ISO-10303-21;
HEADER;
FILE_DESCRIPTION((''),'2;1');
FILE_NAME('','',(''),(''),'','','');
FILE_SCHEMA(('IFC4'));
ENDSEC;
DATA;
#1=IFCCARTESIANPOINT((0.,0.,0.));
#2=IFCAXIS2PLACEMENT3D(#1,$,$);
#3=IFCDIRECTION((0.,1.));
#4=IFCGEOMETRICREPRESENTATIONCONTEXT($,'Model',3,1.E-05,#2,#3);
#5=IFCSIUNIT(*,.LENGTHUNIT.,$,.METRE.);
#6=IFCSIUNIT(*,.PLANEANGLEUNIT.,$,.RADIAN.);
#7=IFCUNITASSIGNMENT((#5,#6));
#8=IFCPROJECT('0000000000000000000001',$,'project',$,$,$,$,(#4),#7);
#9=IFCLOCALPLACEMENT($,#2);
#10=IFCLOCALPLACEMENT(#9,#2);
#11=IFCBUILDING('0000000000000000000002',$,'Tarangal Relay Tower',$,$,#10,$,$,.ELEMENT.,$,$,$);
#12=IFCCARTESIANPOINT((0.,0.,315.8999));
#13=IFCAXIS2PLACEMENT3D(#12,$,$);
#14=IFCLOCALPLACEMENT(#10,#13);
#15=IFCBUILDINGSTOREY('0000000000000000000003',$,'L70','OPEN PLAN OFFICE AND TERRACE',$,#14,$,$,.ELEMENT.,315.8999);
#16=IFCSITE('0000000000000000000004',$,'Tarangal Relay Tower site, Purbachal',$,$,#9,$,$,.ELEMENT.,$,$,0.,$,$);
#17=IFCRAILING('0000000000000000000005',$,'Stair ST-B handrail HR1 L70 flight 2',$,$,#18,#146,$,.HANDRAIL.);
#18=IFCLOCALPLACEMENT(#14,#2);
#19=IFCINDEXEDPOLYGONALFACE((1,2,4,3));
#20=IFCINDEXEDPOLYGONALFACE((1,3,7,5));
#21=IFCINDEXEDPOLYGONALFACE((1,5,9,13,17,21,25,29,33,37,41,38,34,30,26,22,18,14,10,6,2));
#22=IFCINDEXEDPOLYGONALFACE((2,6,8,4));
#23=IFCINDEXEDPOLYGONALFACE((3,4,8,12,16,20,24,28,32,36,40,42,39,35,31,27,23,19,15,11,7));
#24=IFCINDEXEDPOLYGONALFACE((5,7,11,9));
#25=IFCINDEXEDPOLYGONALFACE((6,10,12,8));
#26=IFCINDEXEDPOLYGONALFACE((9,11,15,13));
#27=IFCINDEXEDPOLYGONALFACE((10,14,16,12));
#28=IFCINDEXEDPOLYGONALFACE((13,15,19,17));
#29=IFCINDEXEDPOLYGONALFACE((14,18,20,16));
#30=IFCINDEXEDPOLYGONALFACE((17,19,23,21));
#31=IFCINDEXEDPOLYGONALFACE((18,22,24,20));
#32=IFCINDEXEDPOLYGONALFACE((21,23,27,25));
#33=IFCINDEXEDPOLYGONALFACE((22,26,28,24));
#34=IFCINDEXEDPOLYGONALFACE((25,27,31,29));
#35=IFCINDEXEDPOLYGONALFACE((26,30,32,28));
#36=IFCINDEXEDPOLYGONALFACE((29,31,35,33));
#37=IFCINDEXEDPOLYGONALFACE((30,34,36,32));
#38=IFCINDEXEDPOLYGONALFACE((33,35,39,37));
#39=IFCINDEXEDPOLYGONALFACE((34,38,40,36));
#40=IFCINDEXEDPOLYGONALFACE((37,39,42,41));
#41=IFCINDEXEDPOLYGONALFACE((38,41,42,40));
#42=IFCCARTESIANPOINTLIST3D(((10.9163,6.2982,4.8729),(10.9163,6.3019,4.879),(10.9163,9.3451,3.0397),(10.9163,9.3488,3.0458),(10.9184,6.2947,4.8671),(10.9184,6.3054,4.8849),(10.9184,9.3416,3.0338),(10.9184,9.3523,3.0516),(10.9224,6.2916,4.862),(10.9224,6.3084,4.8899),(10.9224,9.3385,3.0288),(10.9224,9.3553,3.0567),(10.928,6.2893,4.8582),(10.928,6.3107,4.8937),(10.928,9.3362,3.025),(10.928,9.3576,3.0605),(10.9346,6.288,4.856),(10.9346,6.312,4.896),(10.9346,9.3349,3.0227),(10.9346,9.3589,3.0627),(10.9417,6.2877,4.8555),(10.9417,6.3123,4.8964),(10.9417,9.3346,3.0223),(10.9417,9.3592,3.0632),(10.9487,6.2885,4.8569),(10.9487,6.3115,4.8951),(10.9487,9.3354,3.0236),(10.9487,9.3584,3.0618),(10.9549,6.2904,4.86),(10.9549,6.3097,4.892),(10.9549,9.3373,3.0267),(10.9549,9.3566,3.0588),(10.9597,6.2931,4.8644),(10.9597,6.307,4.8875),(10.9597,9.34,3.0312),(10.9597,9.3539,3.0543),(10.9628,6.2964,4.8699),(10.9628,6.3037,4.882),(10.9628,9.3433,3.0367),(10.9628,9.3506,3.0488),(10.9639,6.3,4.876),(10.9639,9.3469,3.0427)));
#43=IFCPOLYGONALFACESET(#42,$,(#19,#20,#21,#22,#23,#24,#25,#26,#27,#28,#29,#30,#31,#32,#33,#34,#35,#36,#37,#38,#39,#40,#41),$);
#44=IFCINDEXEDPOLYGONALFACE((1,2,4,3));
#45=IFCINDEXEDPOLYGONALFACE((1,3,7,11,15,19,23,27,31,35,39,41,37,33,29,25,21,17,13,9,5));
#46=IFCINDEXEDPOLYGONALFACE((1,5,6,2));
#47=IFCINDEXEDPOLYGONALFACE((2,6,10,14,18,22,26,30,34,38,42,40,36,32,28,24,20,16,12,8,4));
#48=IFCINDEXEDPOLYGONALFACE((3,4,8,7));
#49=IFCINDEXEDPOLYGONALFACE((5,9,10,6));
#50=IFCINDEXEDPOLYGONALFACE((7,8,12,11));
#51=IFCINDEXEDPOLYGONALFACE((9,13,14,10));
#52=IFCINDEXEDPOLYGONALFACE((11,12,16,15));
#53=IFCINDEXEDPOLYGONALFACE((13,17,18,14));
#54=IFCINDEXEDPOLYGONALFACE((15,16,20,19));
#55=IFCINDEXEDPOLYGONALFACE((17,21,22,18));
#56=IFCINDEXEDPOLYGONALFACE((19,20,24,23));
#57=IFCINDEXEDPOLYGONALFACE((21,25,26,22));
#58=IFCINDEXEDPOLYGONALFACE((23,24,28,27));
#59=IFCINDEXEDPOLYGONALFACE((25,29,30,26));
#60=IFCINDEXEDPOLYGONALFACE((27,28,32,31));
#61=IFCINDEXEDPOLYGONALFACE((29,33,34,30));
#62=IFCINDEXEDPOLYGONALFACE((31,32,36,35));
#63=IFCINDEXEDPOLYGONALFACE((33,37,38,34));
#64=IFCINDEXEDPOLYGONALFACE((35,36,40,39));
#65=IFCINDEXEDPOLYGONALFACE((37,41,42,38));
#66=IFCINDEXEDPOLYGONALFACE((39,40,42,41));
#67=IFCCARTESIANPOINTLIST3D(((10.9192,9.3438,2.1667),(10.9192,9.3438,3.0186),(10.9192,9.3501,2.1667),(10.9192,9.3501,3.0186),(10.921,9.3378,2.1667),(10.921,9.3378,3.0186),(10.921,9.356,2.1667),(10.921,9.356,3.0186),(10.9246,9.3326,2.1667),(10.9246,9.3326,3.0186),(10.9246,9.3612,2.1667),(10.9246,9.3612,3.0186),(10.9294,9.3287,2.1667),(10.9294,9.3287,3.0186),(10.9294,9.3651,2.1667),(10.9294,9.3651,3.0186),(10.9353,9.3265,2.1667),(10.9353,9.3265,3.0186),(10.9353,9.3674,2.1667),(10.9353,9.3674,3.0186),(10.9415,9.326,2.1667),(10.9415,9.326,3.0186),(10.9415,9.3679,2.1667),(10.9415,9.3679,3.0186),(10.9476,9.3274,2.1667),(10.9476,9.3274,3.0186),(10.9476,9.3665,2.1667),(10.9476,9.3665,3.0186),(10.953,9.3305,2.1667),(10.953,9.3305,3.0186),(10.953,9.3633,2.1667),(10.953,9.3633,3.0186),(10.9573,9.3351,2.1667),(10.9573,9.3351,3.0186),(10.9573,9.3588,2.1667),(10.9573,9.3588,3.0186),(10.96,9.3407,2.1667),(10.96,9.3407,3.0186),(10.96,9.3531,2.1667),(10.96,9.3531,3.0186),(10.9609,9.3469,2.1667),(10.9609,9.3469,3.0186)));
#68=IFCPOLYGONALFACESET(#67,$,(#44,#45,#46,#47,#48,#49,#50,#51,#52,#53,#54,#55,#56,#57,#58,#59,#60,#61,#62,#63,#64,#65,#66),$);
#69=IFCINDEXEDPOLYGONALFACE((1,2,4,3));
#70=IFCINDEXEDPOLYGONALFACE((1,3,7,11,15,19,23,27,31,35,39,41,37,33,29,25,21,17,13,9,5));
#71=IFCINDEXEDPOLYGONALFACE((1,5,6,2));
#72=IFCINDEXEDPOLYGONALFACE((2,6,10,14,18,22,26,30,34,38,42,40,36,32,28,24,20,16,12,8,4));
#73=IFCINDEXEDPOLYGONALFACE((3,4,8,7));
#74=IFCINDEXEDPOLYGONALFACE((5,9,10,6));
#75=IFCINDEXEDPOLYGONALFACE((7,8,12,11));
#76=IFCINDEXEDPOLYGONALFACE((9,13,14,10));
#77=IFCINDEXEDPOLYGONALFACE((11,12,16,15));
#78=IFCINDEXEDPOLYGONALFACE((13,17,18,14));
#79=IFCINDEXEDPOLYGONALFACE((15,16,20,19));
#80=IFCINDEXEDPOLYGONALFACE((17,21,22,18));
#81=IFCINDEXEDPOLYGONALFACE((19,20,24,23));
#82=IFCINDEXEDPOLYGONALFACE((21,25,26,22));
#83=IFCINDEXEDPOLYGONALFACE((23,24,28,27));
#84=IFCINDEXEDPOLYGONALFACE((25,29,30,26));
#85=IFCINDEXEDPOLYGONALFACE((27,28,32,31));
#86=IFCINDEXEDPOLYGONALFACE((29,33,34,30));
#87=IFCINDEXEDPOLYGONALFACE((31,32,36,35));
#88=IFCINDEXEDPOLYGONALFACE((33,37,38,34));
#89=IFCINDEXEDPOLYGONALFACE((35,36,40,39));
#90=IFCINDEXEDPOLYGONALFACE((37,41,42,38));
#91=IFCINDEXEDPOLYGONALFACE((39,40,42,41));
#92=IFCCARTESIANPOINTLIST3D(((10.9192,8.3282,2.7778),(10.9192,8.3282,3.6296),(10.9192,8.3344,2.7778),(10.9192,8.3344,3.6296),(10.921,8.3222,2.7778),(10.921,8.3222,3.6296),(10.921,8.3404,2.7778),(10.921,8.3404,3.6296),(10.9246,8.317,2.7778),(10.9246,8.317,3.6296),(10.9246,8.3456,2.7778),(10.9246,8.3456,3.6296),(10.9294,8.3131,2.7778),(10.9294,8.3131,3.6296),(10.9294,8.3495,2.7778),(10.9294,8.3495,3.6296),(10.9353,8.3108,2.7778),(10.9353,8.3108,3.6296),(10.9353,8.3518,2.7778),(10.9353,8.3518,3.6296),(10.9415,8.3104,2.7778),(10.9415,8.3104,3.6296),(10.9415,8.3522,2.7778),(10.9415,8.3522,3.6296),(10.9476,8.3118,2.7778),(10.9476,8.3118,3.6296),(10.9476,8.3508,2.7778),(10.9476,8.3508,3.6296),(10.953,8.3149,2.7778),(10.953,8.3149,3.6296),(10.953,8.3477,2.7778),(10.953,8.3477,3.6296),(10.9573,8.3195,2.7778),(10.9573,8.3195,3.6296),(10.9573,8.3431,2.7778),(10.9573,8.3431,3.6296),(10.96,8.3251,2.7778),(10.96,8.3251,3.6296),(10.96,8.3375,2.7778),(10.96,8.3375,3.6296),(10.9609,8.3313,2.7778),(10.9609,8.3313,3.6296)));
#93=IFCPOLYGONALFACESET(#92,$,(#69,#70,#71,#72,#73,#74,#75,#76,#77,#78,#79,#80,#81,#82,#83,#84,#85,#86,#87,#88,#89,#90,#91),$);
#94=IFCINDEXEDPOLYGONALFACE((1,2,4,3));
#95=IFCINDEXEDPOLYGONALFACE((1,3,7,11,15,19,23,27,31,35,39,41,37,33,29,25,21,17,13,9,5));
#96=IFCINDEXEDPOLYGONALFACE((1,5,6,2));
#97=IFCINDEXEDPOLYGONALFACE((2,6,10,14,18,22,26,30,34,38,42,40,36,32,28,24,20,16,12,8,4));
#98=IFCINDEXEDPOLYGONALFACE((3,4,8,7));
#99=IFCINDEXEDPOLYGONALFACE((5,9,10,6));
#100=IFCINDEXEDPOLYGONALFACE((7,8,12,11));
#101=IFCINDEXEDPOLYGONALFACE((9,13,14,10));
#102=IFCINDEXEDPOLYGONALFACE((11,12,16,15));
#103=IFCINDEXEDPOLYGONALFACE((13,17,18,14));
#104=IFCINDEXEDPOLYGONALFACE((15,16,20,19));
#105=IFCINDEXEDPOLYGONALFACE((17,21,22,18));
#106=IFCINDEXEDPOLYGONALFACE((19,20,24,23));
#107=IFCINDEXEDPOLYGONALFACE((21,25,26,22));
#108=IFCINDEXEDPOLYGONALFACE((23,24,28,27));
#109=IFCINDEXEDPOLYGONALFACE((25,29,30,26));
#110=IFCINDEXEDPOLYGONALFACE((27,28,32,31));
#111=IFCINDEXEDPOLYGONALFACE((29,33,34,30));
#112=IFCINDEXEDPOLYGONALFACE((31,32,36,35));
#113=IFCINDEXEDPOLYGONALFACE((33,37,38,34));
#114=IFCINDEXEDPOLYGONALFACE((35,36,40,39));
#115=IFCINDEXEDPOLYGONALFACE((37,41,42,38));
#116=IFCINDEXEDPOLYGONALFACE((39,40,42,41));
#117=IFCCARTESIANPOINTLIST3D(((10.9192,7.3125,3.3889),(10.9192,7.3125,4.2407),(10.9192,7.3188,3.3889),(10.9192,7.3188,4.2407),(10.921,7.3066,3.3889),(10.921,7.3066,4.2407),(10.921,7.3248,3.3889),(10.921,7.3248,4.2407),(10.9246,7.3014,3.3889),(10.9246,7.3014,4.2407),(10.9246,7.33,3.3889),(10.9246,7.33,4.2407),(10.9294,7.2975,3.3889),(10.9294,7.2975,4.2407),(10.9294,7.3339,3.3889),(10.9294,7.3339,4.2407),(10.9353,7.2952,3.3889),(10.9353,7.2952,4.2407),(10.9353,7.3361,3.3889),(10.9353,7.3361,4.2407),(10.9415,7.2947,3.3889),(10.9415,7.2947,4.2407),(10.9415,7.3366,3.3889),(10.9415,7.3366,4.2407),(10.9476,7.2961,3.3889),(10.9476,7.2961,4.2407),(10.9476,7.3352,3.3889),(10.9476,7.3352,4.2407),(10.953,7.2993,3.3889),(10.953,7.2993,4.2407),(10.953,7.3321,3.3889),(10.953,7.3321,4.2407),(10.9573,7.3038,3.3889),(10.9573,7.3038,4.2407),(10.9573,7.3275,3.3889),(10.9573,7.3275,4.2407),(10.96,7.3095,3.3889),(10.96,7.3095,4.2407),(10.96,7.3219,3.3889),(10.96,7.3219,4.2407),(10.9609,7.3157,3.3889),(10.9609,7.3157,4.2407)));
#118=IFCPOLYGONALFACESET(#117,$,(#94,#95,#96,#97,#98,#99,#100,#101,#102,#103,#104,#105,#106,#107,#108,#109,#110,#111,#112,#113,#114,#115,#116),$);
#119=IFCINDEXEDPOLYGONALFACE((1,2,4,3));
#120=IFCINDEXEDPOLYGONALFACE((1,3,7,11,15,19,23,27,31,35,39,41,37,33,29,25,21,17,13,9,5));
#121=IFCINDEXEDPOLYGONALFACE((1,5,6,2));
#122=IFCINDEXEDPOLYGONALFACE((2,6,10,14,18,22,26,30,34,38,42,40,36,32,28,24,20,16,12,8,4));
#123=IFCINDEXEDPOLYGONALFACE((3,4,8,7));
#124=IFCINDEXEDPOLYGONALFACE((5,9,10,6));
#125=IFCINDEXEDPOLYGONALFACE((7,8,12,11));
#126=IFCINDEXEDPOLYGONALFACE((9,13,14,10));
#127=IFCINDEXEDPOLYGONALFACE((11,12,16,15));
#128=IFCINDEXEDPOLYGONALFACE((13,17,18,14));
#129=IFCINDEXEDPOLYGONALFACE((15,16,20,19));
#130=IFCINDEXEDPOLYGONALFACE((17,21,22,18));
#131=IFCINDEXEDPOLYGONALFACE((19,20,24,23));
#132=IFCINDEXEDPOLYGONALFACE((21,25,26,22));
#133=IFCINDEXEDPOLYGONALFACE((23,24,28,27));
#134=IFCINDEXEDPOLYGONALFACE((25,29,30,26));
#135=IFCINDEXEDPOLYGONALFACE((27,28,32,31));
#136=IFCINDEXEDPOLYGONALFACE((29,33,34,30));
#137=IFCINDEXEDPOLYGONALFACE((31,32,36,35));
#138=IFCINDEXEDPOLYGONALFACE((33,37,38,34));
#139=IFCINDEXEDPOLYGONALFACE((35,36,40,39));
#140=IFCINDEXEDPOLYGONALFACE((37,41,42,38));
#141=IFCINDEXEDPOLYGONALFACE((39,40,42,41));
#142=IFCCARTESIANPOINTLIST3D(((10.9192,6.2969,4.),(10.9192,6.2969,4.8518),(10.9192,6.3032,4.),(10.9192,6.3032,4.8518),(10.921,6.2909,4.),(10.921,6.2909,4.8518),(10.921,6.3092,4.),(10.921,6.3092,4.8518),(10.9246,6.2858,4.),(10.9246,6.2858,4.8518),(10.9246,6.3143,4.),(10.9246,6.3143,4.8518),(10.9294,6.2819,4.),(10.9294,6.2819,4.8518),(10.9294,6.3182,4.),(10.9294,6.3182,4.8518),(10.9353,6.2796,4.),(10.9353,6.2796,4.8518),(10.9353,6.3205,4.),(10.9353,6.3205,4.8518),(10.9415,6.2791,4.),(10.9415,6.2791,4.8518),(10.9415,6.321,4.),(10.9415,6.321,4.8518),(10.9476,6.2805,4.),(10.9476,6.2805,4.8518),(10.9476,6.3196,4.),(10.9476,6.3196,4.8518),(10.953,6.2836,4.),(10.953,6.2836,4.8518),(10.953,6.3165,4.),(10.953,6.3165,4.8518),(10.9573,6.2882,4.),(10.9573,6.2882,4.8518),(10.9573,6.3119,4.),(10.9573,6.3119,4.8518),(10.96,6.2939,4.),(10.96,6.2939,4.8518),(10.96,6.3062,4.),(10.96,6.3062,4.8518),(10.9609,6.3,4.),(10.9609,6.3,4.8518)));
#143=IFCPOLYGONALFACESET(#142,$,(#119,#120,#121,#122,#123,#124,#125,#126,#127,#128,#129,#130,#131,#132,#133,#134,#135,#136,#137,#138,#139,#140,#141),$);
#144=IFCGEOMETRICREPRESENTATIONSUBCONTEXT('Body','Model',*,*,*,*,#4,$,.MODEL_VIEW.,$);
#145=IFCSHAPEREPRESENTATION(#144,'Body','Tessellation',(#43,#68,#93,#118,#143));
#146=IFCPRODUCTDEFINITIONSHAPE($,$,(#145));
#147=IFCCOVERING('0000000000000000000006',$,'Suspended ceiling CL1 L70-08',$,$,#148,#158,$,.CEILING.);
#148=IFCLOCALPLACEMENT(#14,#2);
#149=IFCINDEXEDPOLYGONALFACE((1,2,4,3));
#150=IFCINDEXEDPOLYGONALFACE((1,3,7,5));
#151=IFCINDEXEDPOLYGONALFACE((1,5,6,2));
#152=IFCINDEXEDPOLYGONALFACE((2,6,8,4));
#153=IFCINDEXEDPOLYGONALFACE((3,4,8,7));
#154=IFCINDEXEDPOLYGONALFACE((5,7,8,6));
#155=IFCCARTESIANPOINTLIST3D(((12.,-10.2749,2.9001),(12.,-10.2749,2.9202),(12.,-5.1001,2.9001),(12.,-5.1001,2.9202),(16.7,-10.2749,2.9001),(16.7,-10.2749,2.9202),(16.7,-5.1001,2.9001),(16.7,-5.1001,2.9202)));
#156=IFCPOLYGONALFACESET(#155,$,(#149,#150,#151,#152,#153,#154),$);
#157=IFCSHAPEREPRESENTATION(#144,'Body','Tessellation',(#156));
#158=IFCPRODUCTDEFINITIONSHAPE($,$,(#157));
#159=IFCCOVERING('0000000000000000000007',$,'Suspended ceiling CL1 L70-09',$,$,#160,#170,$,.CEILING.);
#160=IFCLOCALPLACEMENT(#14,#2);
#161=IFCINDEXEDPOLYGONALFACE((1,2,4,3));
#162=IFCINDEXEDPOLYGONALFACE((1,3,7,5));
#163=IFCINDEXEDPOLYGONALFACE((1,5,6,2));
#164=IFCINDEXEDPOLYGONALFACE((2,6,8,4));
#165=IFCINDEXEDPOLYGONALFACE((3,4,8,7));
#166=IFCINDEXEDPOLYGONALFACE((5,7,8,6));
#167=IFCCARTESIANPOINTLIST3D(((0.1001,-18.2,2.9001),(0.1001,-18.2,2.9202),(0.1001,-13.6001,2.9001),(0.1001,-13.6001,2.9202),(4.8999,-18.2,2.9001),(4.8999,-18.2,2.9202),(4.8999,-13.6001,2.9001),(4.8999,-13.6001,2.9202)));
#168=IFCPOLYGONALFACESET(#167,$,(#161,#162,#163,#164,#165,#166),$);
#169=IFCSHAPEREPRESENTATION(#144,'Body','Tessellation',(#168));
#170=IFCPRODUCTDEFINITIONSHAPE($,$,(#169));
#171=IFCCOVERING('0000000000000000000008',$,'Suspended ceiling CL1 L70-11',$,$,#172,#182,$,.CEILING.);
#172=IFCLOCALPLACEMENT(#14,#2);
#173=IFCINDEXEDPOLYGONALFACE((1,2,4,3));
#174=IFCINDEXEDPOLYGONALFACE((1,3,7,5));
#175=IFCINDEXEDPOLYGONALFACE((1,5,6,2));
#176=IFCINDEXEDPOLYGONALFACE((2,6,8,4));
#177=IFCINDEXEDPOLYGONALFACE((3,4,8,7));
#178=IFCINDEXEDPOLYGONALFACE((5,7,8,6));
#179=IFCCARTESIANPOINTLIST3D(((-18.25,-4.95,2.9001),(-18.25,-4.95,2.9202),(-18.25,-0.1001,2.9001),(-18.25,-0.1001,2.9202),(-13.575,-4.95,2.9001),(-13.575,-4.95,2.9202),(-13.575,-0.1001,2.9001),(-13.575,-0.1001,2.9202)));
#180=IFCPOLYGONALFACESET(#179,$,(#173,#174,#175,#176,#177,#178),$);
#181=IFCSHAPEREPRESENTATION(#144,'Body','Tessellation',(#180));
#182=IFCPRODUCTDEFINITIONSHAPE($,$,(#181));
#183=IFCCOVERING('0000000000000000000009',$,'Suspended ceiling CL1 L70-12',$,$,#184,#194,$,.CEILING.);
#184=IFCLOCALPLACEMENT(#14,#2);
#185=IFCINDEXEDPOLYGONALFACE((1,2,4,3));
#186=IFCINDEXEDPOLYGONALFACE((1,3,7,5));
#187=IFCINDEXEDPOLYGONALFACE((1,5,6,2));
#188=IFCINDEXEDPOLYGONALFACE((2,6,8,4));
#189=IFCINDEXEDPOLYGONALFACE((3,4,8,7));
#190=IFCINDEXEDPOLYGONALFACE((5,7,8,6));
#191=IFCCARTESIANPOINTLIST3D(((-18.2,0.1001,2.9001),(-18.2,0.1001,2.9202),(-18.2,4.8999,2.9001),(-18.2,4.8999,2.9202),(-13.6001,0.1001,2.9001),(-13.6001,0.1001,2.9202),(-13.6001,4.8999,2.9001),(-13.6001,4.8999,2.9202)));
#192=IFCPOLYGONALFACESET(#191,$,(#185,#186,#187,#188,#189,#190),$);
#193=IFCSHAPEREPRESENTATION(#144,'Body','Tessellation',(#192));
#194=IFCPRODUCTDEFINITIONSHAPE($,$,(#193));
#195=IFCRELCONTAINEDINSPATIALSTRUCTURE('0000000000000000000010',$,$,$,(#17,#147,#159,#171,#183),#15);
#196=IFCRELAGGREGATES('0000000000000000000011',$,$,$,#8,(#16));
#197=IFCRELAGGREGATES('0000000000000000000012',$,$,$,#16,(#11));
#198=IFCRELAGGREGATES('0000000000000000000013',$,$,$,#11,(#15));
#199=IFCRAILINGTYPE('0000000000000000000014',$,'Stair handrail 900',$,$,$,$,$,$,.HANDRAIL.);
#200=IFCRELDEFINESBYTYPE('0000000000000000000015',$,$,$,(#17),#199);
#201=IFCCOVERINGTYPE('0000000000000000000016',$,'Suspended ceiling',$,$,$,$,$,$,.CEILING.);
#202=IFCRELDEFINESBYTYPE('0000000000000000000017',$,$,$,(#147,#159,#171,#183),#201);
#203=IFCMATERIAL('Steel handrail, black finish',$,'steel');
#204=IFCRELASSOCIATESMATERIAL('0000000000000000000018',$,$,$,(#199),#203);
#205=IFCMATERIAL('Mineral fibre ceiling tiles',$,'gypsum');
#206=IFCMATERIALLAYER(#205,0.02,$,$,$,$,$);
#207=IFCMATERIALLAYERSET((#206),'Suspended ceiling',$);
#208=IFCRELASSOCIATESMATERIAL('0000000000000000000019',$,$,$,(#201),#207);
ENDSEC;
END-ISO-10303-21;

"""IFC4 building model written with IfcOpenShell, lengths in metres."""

from ifc_helpers import new_model, si_unit, direction, frame, origin, origin_2d, place, context, subcontext, project, spatial, polyline, circle, outline, extrude, material, layer, layer_set, type_object, element, save


model = new_model("IFC4")

# Units and contexts
model_context = context("Model", 3, precision=1e-05, world=origin(), true_north=direction((0.0, 1.0)))
body_context = subcontext(model_context, "Body", "Model", "MODEL_VIEW")
ifc_project = project(units=[si_unit("LENGTHUNIT", "METRE"), si_unit("PLANEANGLEUNIT", "RADIAN")], contexts=[model_context])

# Site, building, storey
site_placement = place(None, origin())
site = spatial("IfcSite", under=ifc_project, at=site_placement, Name="Tarangal Relay Tower site, Purbachal", CompositionType="ELEMENT", RefElevation=0.0)
building_placement = place(site_placement, origin())
building = spatial("IfcBuilding", under=site, at=building_placement, Name="Tarangal Relay Tower", CompositionType="ELEMENT")
storey_placement = place(building_placement, frame((0.0, 0.0, 315.8999)))
storey = spatial("IfcBuildingStorey", under=building, at=storey_placement, Name="L70", Description="OPEN PLAN OFFICE AND TERRACE", CompositionType="ELEMENT", Elevation=315.8999)

# Railing
ifc_material_1 = material(Name="Steel handrail, black finish", Category="steel")
railing_type_1 = type_object("IfcRailingType", Name="Stair handrail 900", PredefinedType="HANDRAIL", material=ifc_material_1)
railing_1_placement = place(storey_placement, frame((10.9399, 9.3469, 2.1667)))
element("IfcRailing", 1, at=railing_1_placement, inside=storey, type_object=railing_type_1, Name="Stair ST-B handrail HR1 L70 flight 2", PredefinedType="HANDRAIL", context=body_context, shape_type="SweptSolid", body=[
    extrude(circle(Radius=0.0239, at=origin_2d()), frame((0.0, 0.0, 0.876), z_axis=(0.0, -0.856856, 0.515556), x_axis=(1.0, 0.0, 0.0)), (0.0, 0.0, 1.0), 3.5559),
    extrude(circle(Radius=0.021, at=origin_2d()), origin(), (0.0, 0.0, 1.0), 0.8518),
    extrude(circle(Radius=0.021, at=origin_2d()), frame((0.0, -1.0156, 0.6111)), (0.0, 0.0, 1.0), 0.8518),
    extrude(circle(Radius=0.021, at=origin_2d()), frame((0.0, -2.0312, 1.2222)), (0.0, 0.0, 1.0), 0.8518),
    extrude(circle(Radius=0.021, at=origin_2d()), frame((0.0, -3.0469, 1.8333)), (0.0, 0.0, 1.0), 0.8518),
])

# Coverings
ifc_material_2 = material(Name="Mineral fibre ceiling tiles", Category="gypsum")
ifc_layer_1 = layer(ifc_material_2, 0.02)
ifc_layer_set_1 = layer_set([ifc_layer_1], Name="Suspended ceiling")
covering_type = type_object("IfcCoveringType", Name="Suspended ceiling", PredefinedType="CEILING", material=ifc_layer_set_1)
covering_1_placement = place(storey_placement, frame((0.0, 0.0, 2.9001)))
element("IfcCovering", 2, at=covering_1_placement, inside=storey, type_object=covering_type, Name="Suspended ceiling CL1 L70-08", PredefinedType="CEILING", context=body_context, shape_type="SweptSolid", body=[
    extrude(outline(polyline([(12.0, -10.2749), (16.7, -10.2749), (16.7, -5.1001), (12.0, -5.1001), (12.0, -10.2749)])), origin(), (0.0, 0.0, 1.0), 0.02),
])
covering_2_placement = place(storey_placement, frame((0.0, 0.0, 2.9001)))
element("IfcCovering", 3, at=covering_2_placement, inside=storey, type_object=covering_type, Name="Suspended ceiling CL1 L70-09", PredefinedType="CEILING", context=body_context, shape_type="SweptSolid", body=[
    extrude(outline(polyline([(0.1001, -18.2), (4.8999, -18.2), (4.8999, -13.6001), (0.1001, -13.6001), (0.1001, -18.2)])), origin(), (0.0, 0.0, 1.0), 0.02),
])
covering_3_placement = place(storey_placement, frame((0.0, 0.0, 2.9001)))
element("IfcCovering", 4, at=covering_3_placement, inside=storey, type_object=covering_type, Name="Suspended ceiling CL1 L70-11", PredefinedType="CEILING", context=body_context, shape_type="SweptSolid", body=[
    extrude(outline(polyline([(-13.575, -4.95), (-13.575, -0.1001), (-18.25, -0.1001), (-18.25, -4.95), (-13.575, -4.95)])), origin(), (0.0, 0.0, 1.0), 0.02),
])
covering_4_placement = place(storey_placement, frame((0.0, 0.0, 2.9001)))
element("IfcCovering", 5, at=covering_4_placement, inside=storey, type_object=covering_type, Name="Suspended ceiling CL1 L70-12", PredefinedType="CEILING", context=body_context, shape_type="SweptSolid", body=[
    extrude(outline(polyline([(-13.6001, 4.8999), (-18.2, 4.8999), (-18.2, 0.1001), (-13.6001, 0.1001), (-13.6001, 4.8999)])), origin(), (0.0, 0.0, 1.0), 0.02),
])

save(model, "model.ifc")
